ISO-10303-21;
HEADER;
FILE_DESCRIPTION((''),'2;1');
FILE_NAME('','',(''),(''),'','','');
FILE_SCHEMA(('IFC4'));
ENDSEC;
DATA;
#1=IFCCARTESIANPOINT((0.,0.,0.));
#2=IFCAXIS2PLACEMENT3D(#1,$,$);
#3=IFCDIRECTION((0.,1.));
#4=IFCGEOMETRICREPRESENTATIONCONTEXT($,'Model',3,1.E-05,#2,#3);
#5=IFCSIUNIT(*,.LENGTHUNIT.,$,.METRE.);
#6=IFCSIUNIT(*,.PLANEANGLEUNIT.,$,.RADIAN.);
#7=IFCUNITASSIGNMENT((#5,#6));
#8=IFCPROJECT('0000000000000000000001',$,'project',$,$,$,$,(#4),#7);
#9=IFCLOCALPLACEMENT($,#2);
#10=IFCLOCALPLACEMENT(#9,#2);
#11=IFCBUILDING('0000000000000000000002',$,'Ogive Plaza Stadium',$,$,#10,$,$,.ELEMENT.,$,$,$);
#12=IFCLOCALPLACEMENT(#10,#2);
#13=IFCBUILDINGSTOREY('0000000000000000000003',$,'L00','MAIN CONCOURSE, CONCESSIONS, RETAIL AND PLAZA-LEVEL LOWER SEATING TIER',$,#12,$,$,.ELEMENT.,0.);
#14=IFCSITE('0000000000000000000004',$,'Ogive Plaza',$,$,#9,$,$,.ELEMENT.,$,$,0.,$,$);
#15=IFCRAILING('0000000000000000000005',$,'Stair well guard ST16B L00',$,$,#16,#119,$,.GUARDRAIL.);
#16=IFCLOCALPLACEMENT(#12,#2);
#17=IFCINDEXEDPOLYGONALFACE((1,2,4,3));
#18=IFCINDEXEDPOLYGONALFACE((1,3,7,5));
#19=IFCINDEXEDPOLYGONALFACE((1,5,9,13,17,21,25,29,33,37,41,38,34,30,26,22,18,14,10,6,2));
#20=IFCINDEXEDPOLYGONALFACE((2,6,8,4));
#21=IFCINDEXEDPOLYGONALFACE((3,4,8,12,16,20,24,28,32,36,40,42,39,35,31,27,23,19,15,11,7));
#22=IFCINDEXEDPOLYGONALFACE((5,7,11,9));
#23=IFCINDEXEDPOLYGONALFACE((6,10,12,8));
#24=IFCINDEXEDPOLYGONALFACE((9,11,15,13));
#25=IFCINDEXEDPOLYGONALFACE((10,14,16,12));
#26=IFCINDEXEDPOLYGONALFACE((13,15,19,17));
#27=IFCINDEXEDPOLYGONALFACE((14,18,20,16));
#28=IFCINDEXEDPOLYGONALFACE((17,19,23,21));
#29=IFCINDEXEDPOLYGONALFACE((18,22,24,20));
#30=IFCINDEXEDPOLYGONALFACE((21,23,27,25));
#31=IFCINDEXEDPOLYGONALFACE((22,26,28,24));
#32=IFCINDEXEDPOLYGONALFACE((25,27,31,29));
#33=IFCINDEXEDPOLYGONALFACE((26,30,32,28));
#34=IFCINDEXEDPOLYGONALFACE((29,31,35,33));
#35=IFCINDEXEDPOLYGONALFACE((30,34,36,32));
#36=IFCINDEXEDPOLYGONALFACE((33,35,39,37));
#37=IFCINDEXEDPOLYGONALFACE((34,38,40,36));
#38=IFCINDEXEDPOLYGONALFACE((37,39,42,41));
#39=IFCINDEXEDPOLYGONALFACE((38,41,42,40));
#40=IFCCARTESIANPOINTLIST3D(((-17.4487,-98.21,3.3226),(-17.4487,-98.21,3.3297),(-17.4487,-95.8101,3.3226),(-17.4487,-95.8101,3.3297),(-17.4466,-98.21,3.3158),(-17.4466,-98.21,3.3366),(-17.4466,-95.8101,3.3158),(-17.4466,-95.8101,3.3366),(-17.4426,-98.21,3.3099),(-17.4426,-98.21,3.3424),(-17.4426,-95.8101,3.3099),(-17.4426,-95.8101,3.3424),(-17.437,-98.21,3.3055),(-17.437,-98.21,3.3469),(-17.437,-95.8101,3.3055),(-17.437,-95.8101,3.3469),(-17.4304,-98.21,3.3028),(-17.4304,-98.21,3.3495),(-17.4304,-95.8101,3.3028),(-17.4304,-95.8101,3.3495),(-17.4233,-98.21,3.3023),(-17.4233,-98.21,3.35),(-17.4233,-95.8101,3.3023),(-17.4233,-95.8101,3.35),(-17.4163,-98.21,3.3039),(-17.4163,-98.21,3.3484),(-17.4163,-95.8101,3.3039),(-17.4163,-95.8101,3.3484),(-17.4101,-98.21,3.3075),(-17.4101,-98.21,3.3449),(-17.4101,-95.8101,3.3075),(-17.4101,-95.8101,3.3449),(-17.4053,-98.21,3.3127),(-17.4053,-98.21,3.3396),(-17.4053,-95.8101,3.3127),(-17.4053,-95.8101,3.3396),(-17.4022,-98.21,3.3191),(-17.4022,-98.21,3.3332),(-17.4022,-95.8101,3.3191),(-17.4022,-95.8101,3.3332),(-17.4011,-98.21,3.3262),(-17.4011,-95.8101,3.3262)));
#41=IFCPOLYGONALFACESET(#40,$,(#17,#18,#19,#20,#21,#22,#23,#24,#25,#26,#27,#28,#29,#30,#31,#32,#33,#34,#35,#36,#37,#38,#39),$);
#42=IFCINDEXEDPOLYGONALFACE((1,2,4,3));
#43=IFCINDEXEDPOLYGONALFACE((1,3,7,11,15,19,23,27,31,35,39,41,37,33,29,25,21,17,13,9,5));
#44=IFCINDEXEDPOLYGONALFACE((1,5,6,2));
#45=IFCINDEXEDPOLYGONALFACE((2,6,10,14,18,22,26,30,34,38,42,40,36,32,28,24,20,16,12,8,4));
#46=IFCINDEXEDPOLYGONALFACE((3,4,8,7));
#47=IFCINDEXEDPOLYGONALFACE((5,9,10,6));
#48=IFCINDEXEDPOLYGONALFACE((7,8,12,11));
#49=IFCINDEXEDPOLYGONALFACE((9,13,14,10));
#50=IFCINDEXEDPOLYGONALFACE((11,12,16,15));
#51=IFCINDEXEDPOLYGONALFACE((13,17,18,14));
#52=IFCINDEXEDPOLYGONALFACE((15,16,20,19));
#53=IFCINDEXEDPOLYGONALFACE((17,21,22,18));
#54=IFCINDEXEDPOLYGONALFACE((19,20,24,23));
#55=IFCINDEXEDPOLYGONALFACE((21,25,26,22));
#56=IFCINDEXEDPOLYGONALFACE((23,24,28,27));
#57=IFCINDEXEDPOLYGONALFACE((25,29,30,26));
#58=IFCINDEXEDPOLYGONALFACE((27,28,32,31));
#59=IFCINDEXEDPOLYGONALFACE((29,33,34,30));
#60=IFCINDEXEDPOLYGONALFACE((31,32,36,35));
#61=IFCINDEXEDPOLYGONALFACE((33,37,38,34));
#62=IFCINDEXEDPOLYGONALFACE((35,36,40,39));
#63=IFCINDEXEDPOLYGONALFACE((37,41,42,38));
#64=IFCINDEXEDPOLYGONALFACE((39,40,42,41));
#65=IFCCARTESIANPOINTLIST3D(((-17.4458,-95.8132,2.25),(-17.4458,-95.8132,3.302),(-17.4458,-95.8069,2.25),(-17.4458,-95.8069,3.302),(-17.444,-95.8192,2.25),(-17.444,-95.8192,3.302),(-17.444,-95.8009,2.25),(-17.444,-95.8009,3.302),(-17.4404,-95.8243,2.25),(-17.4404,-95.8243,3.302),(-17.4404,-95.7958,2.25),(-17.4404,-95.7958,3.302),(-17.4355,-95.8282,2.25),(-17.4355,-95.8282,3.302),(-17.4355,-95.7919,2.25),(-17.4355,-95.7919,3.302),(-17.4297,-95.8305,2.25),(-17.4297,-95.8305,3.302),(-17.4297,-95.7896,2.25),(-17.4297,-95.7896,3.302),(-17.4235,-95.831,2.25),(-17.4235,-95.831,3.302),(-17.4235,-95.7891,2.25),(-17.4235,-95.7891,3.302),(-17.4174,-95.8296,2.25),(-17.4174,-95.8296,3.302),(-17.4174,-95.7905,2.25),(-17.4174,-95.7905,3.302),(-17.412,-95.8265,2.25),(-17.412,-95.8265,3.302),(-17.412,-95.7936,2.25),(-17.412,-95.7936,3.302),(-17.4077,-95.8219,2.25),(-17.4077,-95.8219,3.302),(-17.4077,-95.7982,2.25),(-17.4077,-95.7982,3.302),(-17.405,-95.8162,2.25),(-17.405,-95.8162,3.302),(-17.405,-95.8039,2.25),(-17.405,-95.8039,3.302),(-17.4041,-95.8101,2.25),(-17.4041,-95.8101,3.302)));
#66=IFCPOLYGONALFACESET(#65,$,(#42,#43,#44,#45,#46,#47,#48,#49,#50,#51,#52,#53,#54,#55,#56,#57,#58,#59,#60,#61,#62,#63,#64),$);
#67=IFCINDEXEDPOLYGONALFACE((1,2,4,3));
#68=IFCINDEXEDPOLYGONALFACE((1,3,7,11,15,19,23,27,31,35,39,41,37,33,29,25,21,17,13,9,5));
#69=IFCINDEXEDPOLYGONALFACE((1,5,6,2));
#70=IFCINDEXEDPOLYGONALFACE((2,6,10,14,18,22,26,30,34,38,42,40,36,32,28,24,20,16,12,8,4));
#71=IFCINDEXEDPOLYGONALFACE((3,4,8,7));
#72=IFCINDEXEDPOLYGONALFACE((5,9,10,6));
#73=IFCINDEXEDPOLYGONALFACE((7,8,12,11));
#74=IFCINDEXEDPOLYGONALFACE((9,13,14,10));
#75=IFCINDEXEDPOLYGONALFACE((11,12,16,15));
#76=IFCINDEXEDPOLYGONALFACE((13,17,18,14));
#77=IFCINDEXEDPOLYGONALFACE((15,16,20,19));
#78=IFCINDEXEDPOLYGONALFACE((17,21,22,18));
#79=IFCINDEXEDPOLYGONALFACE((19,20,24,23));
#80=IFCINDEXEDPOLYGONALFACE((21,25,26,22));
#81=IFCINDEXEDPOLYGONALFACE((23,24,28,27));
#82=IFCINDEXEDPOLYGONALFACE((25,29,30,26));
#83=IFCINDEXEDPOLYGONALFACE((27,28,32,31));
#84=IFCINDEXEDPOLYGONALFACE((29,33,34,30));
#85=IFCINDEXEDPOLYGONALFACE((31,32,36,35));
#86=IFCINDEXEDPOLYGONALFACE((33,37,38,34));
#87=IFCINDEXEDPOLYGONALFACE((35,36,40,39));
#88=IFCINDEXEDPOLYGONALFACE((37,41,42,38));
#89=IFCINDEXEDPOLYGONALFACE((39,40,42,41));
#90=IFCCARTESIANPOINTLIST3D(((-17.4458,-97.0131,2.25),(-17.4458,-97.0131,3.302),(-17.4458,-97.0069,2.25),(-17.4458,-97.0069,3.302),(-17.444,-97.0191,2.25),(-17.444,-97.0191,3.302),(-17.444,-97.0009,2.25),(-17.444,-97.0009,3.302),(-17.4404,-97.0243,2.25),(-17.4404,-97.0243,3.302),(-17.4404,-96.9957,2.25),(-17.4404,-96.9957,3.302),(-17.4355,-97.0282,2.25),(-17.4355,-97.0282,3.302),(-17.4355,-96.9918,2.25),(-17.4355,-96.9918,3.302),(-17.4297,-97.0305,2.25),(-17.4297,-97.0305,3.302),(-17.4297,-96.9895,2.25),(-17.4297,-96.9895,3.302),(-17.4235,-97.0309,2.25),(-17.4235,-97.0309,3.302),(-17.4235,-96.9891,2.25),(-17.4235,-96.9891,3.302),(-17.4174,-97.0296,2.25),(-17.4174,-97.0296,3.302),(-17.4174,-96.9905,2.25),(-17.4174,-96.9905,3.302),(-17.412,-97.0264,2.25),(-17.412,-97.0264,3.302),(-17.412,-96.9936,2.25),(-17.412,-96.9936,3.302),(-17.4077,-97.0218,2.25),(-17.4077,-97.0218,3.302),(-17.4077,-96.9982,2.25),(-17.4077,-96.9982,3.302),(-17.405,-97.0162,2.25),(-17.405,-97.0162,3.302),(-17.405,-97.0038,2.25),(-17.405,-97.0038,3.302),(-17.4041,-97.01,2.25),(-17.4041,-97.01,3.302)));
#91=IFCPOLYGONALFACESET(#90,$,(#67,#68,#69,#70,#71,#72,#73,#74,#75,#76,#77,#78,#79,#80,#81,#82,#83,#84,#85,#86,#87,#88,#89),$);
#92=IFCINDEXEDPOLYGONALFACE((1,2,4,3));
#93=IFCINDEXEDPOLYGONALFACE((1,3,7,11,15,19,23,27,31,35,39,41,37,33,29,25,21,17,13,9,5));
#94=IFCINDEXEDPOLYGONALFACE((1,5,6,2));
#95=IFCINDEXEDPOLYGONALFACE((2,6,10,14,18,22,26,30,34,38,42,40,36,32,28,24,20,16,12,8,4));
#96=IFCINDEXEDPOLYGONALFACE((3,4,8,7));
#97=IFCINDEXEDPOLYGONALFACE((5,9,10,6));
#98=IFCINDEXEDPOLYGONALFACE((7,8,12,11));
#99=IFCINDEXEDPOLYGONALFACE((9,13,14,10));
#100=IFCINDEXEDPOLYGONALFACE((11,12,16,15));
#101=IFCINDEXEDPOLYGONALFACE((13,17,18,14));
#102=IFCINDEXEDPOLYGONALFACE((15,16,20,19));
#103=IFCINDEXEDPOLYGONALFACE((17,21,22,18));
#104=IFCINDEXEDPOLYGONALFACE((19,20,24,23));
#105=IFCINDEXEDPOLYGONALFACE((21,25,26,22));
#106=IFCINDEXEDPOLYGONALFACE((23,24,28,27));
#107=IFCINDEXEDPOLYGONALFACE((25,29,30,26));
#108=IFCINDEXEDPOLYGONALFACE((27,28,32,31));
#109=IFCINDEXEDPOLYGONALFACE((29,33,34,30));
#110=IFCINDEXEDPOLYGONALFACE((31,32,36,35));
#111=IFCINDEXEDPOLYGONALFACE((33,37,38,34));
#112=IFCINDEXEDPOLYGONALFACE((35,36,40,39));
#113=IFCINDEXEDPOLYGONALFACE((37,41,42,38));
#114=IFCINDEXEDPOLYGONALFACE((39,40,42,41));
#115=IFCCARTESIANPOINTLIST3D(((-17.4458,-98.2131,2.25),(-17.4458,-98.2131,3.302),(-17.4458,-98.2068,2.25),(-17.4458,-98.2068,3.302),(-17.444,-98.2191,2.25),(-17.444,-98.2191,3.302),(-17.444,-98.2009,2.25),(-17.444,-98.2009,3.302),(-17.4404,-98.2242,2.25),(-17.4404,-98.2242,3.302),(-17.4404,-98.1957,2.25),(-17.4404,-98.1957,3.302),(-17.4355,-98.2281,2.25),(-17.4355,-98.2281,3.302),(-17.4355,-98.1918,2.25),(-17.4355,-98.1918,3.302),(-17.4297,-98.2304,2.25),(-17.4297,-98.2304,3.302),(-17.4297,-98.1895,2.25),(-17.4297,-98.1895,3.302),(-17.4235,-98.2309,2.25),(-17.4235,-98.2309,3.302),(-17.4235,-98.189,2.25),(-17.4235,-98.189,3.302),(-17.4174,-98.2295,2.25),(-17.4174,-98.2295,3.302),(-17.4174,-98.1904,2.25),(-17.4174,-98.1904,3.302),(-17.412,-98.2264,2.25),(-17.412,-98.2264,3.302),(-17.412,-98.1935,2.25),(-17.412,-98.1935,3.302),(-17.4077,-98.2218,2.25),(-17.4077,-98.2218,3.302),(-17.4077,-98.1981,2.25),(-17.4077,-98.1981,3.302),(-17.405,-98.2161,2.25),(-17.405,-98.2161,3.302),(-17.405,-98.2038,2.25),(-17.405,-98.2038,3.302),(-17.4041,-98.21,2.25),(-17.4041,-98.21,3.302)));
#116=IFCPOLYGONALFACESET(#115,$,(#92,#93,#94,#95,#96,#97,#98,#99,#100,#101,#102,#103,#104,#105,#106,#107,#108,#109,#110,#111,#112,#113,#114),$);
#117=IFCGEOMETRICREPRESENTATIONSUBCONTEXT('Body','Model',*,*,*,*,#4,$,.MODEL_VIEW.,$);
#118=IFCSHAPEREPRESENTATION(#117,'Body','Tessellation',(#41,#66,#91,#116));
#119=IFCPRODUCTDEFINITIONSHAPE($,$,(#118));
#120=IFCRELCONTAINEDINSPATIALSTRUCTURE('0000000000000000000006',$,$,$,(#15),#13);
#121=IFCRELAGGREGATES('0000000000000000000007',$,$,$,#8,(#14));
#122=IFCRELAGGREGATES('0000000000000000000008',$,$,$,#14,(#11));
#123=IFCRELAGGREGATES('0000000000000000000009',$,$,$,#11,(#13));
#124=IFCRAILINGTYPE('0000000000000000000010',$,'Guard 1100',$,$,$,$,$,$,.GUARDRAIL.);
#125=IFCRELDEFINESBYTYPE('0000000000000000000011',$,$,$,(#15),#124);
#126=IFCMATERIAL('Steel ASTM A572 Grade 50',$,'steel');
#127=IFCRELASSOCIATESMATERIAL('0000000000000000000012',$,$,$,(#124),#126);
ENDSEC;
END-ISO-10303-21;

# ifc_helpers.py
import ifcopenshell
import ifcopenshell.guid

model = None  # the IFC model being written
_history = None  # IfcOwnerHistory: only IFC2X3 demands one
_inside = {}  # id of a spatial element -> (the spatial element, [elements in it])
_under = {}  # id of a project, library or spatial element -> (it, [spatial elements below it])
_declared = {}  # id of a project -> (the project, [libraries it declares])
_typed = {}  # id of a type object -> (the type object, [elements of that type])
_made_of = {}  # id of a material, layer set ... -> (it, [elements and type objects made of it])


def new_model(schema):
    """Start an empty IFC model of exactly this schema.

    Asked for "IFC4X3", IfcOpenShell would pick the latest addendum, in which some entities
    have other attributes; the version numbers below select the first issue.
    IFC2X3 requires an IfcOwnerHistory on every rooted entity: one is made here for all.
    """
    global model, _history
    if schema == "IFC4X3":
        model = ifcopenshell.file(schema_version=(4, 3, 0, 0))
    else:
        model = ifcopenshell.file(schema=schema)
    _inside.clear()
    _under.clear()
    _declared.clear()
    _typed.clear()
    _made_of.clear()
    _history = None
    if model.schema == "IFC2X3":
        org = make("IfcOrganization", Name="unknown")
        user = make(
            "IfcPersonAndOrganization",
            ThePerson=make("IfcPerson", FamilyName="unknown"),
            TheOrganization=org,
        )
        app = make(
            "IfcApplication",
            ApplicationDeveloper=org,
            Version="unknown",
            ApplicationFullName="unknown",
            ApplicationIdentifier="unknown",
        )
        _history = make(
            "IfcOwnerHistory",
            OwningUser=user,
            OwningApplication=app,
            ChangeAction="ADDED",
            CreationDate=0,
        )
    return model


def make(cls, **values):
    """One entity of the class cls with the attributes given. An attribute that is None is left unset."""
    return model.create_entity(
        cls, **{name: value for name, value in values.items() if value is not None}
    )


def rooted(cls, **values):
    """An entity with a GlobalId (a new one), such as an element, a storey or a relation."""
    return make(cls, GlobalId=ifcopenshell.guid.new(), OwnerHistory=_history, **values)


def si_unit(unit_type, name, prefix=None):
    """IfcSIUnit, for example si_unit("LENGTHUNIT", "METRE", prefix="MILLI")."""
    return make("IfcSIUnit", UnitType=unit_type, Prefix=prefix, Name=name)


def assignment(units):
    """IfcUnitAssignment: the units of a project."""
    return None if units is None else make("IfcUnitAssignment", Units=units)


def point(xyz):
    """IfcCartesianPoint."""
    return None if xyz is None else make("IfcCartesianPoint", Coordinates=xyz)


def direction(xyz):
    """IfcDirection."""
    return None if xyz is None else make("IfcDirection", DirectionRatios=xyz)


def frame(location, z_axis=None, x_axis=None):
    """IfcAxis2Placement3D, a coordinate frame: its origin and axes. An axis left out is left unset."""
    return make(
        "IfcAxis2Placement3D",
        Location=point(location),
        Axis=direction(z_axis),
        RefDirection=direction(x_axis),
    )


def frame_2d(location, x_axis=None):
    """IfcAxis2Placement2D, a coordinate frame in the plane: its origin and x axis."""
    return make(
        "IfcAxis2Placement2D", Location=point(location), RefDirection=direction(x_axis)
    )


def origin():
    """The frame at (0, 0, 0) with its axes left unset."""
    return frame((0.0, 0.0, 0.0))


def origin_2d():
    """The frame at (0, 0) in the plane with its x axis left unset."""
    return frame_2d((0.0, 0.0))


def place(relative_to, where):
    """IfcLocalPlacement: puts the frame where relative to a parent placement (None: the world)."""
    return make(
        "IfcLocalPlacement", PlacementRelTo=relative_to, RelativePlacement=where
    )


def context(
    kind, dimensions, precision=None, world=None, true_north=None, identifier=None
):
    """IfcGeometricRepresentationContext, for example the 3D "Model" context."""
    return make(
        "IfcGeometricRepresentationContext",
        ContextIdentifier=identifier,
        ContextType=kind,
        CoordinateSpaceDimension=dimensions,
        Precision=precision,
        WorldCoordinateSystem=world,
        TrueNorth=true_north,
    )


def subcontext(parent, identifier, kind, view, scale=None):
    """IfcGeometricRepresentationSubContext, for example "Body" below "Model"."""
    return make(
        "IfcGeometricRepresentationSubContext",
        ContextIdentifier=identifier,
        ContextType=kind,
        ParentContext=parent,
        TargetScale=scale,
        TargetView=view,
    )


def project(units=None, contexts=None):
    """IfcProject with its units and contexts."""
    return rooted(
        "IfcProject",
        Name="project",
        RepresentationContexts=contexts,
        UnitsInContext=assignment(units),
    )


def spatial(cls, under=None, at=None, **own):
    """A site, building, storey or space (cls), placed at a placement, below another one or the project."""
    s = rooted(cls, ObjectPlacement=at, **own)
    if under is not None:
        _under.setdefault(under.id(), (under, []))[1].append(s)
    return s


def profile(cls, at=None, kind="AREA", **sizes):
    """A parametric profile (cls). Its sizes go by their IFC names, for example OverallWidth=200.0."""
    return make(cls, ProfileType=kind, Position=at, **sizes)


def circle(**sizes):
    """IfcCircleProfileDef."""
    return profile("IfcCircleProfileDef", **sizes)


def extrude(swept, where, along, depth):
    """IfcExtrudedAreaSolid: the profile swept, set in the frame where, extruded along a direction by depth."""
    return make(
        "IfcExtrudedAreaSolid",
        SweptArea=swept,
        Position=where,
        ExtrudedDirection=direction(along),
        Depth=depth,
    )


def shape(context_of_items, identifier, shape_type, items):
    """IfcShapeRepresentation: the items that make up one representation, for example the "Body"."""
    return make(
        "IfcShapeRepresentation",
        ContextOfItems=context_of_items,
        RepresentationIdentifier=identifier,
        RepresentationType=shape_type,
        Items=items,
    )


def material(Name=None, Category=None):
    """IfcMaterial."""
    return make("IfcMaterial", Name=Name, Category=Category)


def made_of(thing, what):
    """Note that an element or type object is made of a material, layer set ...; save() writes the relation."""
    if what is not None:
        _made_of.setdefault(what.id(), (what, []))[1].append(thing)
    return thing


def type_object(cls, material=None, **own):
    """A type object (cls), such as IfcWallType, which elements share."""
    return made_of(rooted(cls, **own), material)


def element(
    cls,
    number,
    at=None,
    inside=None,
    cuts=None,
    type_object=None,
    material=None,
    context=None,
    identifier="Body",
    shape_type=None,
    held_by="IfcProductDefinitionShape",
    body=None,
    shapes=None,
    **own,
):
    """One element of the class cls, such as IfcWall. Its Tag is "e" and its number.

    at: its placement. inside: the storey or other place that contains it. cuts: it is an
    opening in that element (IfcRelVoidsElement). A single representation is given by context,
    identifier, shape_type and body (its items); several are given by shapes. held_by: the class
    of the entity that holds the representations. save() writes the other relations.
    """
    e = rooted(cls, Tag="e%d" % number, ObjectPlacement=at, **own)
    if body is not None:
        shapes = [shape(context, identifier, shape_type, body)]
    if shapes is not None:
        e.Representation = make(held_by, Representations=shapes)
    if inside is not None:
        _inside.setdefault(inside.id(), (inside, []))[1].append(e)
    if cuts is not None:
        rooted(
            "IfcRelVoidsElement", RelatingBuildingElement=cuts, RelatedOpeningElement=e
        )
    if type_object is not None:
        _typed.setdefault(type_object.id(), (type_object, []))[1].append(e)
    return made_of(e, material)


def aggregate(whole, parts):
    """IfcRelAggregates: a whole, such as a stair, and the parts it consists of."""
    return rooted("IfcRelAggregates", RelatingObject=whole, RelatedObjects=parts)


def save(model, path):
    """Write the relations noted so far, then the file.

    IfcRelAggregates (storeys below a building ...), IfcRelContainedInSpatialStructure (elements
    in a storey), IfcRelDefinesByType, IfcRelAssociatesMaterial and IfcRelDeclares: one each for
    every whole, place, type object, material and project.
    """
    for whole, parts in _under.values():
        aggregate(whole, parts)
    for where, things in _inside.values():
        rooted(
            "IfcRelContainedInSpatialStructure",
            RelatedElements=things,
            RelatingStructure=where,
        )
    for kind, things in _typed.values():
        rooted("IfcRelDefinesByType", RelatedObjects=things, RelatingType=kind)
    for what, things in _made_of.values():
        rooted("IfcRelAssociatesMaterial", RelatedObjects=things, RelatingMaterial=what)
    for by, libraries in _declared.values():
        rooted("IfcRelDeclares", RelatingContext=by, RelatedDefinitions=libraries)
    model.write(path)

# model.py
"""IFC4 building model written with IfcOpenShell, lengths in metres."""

from ifc_helpers import new_model, si_unit, direction, frame, origin, origin_2d, place, context, subcontext, project, spatial, circle, extrude, material, type_object, element, save


model = new_model("IFC4")

# Units and contexts
model_context = context("Model", 3, precision=1e-05, world=origin(), true_north=direction((0.0, 1.0)))
body_context = subcontext(model_context, "Body", "Model", "MODEL_VIEW")
ifc_project = project(units=[si_unit("LENGTHUNIT", "METRE"), si_unit("PLANEANGLEUNIT", "RADIAN")], contexts=[model_context])

# Site, building, storey
site_placement = place(None, origin())
site = spatial("IfcSite", under=ifc_project, at=site_placement, Name="Ogive Plaza", CompositionType="ELEMENT", RefElevation=0.0)
building_placement = place(site_placement, origin())
building = spatial("IfcBuilding", under=site, at=building_placement, Name="Ogive Plaza Stadium", CompositionType="ELEMENT")
storey_placement = place(building_placement, origin())
storey = spatial("IfcBuildingStorey", under=building, at=storey_placement, Name="L00", Description="MAIN CONCOURSE, CONCESSIONS, RETAIL AND PLAZA-LEVEL LOWER SEATING TIER", CompositionType="ELEMENT", Elevation=0.0)

# Railing
ifc_material_1 = material(Name="Steel ASTM A572 Grade 50", Category="steel")
railing_type_1 = type_object("IfcRailingType", Name="Guard 1100", PredefinedType="GUARDRAIL", material=ifc_material_1)
for number, where, name in (
    (1, (-17.425, -95.8101, 2.25), "Stair well guard ST16B L00"),
):
    element("IfcRailing", number, at=place(storey_placement, frame(where)), inside=storey, type_object=railing_type_1, Name=name, PredefinedType="GUARDRAIL", context=body_context, shape_type="SweptSolid", body=[
        extrude(circle(Radius=0.0239, at=origin_2d()), frame((0.0, 0.0, 1.0762), z_axis=(0.0, -1.0, 0.0), x_axis=(1.0, 0.0, 0.0)), (0.0, 0.0, 1.0), 2.3999),
        extrude(circle(Radius=0.021, at=origin_2d()), origin(), (0.0, 0.0, 1.0), 1.052),
        extrude(circle(Radius=0.021, at=origin_2d()), frame((0.0, -1.2, 0.0)), (0.0, 0.0, 1.0), 1.052),
        extrude(circle(Radius=0.021, at=origin_2d()), frame((0.0, -2.3999, 0.0)), (0.0, 0.0, 1.0), 1.052),
    ])

save(model, "model.ifc")
